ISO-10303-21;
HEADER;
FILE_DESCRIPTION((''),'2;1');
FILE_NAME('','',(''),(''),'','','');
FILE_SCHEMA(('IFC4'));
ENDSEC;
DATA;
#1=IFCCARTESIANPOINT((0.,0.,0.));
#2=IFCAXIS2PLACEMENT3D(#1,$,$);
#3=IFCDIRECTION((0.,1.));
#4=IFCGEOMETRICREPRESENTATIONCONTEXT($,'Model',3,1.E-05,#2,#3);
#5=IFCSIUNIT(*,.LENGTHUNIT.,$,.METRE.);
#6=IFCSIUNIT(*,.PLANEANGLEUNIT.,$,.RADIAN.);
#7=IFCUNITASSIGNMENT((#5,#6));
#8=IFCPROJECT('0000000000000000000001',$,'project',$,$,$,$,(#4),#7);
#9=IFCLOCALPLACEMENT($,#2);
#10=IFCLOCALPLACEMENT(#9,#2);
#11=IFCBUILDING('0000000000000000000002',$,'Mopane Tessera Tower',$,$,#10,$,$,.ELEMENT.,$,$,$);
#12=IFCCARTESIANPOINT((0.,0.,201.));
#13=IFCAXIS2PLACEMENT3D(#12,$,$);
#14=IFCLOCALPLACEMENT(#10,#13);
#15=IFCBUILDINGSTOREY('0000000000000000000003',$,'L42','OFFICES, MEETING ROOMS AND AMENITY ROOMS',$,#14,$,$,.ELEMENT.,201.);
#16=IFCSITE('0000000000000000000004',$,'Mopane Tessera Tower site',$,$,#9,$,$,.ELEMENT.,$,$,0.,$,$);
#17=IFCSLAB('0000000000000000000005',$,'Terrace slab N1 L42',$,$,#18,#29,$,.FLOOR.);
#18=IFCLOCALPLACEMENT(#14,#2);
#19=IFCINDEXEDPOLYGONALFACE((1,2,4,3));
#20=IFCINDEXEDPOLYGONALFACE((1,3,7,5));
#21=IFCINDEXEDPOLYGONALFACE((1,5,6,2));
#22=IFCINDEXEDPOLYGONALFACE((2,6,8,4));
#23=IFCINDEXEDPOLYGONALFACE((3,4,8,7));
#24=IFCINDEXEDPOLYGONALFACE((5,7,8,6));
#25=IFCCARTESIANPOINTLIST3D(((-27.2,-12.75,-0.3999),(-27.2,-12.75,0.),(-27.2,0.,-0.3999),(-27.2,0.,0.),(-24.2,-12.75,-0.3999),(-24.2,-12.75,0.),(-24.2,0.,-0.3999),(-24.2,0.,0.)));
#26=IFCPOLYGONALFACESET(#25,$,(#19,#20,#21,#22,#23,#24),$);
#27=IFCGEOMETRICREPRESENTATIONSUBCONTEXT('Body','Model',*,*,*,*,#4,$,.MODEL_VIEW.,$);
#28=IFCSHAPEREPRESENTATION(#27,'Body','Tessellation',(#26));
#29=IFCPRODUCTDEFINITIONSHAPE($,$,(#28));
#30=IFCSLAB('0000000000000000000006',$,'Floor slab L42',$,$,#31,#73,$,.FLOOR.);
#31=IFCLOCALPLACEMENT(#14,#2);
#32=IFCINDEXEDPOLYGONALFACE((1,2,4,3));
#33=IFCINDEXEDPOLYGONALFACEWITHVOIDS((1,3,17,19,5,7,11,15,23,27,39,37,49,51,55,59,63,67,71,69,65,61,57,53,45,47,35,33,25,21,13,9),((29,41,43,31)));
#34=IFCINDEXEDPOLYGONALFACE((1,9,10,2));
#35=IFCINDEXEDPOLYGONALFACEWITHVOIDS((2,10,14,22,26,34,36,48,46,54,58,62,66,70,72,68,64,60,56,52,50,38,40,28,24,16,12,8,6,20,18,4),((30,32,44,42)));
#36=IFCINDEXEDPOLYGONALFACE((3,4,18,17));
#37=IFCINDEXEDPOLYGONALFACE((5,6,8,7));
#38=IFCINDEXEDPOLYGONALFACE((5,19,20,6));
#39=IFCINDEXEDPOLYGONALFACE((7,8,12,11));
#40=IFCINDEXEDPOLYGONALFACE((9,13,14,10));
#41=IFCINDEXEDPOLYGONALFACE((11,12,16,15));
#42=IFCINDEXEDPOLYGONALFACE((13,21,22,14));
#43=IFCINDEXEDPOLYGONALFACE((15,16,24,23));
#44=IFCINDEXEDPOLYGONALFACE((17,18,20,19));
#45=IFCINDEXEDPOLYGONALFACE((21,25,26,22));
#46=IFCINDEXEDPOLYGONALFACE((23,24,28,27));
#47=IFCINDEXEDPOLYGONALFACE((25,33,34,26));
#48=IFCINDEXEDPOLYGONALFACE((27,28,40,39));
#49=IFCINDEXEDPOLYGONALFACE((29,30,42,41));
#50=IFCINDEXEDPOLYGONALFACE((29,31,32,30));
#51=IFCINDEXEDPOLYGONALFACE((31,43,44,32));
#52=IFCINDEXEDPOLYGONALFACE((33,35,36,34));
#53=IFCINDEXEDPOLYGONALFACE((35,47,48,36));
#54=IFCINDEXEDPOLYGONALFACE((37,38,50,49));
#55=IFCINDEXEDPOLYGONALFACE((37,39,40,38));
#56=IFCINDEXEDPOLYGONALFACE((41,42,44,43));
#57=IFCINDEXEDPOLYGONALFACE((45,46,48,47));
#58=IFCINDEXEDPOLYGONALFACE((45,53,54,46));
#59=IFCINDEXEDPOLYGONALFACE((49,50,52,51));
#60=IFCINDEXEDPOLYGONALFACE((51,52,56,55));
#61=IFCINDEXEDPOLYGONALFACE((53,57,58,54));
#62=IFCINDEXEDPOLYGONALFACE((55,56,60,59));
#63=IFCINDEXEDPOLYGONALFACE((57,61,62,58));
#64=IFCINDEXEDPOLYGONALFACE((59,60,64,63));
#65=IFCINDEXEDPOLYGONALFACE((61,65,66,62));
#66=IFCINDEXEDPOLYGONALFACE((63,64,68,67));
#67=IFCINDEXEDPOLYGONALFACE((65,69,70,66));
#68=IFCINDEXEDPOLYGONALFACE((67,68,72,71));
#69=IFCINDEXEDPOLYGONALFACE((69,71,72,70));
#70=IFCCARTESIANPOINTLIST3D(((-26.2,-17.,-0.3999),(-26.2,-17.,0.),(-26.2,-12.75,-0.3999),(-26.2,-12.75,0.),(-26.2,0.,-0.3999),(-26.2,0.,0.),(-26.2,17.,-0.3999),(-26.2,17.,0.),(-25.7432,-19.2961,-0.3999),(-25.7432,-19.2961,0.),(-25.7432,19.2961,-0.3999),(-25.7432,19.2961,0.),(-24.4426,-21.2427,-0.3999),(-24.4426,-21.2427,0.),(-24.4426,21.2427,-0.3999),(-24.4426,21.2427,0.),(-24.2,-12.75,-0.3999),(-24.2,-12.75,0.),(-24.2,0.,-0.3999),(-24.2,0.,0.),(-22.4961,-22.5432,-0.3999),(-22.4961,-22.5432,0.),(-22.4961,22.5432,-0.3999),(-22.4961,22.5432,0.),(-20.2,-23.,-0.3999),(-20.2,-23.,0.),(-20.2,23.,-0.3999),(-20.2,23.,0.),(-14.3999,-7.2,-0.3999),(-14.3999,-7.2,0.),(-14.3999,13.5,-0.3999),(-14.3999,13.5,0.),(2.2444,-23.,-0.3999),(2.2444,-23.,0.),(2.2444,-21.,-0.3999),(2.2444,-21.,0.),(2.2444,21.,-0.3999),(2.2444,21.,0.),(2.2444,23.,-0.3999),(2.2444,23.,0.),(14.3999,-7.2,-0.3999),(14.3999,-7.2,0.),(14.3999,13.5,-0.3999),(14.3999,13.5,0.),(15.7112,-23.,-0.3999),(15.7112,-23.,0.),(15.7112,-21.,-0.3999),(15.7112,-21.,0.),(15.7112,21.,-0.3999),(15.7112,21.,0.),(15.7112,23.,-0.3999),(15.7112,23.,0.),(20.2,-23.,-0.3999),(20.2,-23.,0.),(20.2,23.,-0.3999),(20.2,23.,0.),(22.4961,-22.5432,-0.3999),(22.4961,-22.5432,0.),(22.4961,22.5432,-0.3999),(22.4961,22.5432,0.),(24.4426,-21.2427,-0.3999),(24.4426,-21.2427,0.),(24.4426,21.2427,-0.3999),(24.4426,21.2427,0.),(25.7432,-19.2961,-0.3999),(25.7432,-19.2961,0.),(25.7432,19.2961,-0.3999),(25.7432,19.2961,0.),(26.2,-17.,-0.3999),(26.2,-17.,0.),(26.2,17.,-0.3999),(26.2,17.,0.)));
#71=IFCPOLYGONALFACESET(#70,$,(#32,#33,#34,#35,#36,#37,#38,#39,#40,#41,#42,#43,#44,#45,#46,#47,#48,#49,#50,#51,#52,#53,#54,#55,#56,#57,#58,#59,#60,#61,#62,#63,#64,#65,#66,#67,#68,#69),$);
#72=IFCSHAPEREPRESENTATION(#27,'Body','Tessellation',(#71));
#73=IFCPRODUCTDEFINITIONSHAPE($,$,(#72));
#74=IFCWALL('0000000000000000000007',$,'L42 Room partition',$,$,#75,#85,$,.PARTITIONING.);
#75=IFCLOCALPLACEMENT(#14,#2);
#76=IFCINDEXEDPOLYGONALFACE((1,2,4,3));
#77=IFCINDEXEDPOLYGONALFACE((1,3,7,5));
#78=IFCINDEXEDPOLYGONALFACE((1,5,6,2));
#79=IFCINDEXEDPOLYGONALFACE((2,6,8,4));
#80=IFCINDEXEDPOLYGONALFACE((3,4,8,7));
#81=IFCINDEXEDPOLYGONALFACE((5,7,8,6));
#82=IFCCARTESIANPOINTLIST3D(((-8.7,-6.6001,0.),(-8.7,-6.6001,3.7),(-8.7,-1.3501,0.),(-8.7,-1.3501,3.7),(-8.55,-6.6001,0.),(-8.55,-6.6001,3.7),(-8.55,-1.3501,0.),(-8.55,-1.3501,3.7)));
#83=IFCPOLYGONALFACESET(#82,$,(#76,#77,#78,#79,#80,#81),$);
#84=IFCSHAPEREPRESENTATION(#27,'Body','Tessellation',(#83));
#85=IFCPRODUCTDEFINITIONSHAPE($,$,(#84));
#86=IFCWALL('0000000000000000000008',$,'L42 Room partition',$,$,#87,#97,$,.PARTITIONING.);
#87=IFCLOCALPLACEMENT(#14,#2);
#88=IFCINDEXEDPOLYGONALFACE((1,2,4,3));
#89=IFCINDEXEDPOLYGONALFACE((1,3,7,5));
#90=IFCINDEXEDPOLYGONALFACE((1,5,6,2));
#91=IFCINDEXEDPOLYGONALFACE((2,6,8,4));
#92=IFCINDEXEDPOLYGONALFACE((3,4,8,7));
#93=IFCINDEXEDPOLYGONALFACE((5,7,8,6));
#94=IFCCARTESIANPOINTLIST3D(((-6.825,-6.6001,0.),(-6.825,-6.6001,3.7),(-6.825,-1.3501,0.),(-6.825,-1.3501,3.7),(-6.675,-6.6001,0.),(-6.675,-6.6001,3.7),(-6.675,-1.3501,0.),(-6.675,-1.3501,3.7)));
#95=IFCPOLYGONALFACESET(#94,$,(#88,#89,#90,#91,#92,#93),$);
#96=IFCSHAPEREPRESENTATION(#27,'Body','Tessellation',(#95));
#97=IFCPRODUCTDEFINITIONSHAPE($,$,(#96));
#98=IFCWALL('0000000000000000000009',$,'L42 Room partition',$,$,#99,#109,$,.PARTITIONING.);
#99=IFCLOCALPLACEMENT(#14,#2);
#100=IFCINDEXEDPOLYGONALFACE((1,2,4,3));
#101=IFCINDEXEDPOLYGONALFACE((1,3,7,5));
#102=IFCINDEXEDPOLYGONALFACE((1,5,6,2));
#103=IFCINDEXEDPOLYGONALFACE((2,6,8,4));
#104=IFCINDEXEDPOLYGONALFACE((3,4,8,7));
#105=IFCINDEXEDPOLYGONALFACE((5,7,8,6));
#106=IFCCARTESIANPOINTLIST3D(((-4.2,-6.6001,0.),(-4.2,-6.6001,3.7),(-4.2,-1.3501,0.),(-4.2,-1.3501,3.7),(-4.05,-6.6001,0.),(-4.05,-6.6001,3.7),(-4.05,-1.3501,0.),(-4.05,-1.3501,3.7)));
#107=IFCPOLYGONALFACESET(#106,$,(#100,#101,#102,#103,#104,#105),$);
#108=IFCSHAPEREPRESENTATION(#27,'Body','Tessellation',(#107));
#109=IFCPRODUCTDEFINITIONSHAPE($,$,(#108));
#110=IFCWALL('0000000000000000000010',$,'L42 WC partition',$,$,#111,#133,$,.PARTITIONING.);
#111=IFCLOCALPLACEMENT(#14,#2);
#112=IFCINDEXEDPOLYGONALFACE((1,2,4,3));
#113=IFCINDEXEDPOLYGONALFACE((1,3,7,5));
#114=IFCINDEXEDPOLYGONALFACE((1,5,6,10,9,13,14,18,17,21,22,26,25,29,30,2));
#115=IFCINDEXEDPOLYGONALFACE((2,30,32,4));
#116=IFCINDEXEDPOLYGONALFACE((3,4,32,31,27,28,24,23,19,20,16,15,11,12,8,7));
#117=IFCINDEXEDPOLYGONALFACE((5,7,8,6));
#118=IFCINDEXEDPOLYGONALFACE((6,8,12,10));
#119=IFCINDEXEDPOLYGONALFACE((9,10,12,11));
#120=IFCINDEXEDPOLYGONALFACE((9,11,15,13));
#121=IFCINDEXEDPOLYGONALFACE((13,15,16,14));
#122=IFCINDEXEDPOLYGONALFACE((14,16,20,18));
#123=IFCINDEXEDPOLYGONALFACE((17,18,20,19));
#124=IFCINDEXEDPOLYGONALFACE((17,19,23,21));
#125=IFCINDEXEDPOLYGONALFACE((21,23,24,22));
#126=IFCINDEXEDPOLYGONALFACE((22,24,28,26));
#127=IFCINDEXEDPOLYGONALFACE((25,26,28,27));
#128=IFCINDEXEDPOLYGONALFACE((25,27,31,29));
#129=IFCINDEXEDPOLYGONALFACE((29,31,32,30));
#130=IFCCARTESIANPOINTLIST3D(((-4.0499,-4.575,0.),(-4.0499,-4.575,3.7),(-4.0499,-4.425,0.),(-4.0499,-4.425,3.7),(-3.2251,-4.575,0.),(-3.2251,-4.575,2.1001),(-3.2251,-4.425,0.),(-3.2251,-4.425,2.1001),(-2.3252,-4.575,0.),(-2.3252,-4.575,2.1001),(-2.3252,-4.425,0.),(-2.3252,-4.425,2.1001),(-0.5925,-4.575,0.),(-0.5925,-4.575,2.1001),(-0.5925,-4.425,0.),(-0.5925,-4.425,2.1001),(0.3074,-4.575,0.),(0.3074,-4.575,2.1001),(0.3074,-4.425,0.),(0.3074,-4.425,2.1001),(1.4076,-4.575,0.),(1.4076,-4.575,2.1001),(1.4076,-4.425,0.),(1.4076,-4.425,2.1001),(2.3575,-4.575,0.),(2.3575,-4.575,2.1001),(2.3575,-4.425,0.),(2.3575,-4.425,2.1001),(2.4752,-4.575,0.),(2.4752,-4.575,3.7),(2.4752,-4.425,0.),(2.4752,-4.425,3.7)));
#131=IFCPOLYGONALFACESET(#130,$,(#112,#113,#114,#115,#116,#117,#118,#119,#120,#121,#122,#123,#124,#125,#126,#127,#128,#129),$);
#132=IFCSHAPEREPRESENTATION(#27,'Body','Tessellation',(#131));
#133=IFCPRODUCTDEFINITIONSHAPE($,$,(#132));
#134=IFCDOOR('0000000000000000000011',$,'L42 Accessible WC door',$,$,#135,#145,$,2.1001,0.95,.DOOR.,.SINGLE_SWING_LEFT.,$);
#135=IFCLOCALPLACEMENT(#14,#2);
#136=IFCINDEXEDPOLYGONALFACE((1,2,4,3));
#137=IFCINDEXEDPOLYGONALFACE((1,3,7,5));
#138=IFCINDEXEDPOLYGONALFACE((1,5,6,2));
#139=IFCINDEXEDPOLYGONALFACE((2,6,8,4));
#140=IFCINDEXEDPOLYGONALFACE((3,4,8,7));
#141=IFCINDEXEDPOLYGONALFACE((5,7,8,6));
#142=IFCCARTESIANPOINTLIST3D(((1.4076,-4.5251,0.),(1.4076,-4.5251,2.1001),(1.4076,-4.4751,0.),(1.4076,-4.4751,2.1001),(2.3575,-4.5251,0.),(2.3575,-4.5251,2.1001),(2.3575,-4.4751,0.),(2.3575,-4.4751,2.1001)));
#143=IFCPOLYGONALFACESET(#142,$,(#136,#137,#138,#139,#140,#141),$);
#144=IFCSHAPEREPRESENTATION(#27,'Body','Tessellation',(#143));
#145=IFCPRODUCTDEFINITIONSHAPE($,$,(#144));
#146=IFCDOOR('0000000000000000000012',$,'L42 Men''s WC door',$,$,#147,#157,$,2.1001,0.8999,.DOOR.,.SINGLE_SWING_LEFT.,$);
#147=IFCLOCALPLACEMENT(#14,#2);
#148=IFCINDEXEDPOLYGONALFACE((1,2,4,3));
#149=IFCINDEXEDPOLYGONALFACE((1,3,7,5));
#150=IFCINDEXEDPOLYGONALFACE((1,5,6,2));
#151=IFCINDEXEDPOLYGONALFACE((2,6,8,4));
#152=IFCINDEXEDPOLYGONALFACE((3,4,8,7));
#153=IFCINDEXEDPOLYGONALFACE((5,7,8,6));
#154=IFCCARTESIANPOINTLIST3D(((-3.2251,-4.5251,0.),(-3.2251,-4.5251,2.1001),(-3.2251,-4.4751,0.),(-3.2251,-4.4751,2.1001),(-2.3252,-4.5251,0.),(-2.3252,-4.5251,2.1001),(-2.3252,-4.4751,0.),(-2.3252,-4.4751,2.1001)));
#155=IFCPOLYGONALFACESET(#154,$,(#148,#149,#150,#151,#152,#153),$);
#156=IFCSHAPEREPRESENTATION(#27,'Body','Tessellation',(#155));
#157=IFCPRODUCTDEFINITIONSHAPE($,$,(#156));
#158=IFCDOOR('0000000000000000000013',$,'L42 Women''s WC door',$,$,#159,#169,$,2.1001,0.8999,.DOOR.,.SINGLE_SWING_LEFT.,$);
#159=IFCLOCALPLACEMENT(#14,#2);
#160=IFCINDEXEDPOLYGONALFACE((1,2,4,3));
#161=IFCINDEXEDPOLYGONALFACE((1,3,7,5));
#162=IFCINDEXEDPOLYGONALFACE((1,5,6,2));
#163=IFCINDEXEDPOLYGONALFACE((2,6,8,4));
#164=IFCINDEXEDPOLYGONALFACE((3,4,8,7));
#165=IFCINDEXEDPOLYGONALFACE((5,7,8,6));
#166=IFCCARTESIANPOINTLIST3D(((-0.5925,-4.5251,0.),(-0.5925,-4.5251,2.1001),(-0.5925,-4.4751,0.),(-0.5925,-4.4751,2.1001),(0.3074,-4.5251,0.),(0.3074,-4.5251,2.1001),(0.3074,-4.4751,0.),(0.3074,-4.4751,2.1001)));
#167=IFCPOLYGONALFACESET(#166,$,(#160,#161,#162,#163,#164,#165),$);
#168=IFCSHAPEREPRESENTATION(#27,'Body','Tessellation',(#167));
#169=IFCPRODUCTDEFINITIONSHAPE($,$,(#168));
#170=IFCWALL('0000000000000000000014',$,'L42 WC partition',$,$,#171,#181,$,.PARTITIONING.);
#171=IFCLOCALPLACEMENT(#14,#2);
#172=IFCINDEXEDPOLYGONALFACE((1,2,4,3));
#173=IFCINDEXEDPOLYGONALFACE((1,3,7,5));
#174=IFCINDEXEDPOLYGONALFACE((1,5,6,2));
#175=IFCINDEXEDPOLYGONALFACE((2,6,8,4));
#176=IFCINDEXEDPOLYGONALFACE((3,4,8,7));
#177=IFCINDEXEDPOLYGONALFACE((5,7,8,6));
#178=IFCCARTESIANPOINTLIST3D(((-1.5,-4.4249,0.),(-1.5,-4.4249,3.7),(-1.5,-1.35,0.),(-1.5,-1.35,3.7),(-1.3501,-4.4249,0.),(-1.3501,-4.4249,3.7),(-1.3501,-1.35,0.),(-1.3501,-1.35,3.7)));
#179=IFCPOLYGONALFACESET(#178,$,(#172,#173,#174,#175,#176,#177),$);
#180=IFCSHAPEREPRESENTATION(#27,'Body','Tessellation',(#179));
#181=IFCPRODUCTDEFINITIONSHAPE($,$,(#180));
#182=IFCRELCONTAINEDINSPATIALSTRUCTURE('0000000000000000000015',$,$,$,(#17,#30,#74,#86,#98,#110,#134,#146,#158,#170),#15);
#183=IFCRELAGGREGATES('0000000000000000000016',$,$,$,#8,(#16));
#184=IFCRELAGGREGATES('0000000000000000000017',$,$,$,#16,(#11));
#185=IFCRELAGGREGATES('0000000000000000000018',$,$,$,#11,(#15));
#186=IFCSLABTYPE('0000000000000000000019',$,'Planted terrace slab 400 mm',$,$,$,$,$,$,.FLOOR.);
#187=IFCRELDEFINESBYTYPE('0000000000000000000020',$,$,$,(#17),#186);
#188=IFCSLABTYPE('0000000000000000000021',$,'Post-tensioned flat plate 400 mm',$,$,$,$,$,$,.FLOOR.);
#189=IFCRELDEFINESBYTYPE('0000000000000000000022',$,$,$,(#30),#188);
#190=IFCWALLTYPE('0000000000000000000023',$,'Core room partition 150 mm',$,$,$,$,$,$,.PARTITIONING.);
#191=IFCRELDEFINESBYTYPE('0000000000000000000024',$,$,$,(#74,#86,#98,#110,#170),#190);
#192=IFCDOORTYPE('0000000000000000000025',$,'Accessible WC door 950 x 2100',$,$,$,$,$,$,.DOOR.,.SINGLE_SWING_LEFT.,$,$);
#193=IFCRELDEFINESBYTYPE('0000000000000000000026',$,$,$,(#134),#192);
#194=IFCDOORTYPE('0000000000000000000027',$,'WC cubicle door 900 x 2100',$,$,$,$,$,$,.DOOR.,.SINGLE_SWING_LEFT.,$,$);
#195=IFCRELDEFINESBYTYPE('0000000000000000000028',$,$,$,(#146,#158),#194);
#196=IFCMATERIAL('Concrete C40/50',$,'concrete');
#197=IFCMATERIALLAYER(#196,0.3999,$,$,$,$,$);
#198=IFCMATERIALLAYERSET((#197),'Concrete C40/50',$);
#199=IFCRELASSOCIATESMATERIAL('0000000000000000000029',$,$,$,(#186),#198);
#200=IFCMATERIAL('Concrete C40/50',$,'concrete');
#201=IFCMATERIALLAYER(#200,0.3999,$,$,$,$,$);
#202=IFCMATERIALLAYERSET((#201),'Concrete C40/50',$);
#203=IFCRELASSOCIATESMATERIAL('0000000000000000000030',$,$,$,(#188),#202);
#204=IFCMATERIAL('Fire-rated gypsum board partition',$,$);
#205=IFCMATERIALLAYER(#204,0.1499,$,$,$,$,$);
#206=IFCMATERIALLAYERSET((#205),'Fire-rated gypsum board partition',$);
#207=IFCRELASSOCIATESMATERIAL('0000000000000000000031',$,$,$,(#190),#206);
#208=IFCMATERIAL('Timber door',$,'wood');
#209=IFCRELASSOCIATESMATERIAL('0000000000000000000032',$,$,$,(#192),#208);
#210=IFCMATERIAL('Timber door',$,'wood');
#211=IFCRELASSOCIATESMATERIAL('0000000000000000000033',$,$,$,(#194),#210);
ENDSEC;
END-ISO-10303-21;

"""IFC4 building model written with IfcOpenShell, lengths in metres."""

from ifc_helpers import new_model, si_unit, direction, frame, frame_2d, origin, place, context, subcontext, project, spatial, polyline, rectangle, outline, extrude, material, layer, layer_set, type_object, element, fill, save


model = new_model("IFC4")

# Units and contexts
model_context = context("Model", 3, precision=1e-05, world=origin(), true_north=direction((0.0, 1.0)))
body_context = subcontext(model_context, "Body", "Model", "MODEL_VIEW")
ifc_project = project(units=[si_unit("LENGTHUNIT", "METRE"), si_unit("PLANEANGLEUNIT", "RADIAN")], contexts=[model_context])

# Site, building, storey
site_placement = place(None, origin())
site = spatial("IfcSite", under=ifc_project, at=site_placement, Name="Mopane Tessera Tower site", CompositionType="ELEMENT", RefElevation=0.0)
building_placement = place(site_placement, origin())
building = spatial("IfcBuilding", under=site, at=building_placement, Name="Mopane Tessera Tower", CompositionType="ELEMENT")
storey_placement = place(building_placement, frame((0.0, 0.0, 201.0)))
storey = spatial("IfcBuildingStorey", under=building, at=storey_placement, Name="L42", Description="OFFICES, MEETING ROOMS AND AMENITY ROOMS", CompositionType="ELEMENT", Elevation=201.0)

# Slabs
ifc_material_1 = material(Name="Concrete C40/50", Category="concrete")
ifc_layer_1 = layer(ifc_material_1, 0.3999)
ifc_layer_set_1 = layer_set([ifc_layer_1], Name="Concrete C40/50")
slab_type_1 = type_object("IfcSlabType", Name="Planted terrace slab 400 mm", PredefinedType="FLOOR", material=ifc_layer_set_1)
slab_1_placement = place(storey_placement, frame((0.0, 0.0, -0.3999)))
element("IfcSlab", 1, at=slab_1_placement, inside=storey, type_object=slab_type_1, Name="Terrace slab N1 L42", PredefinedType="FLOOR", context=body_context, shape_type="SweptSolid", body=[
    extrude(outline(polyline([(-27.2, -12.75), (-24.2, -12.75), (-24.2, 0.0), (-27.2, 0.0), (-27.2, -12.75)])), origin(), (0.0, 0.0, 1.0), 0.3999),
])
ifc_material_2 = material(Name="Concrete C40/50", Category="concrete")
ifc_layer_2 = layer(ifc_material_2, 0.3999)
ifc_layer_set_2 = layer_set([ifc_layer_2], Name="Concrete C40/50")
slab_type_2 = type_object("IfcSlabType", Name="Post-tensioned flat plate 400 mm", PredefinedType="FLOOR", material=ifc_layer_set_2)
slab_2_placement = place(storey_placement, frame((0.0, 0.0, -0.3999)))
element("IfcSlab", 2, at=slab_2_placement, inside=storey, type_object=slab_type_2, Name="Floor slab L42", PredefinedType="FLOOR", context=body_context, shape_type="SweptSolid", body=[
    extrude(outline(polyline([(-20.2, -23.0), (2.2444, -23.0), (2.2444, -21.0), (15.7112, -21.0), (15.7112, -23.0), (20.2, -23.0), (22.4961, -22.5432), (24.4426, -21.2427), (25.7432, -19.2961), (26.2, -17.0), (26.2, 17.0), (25.7432, 19.2961), (24.4426, 21.2427), (22.4961, 22.5432), (20.2, 23.0), (15.7112, 23.0), (15.7112, 21.0), (2.2444, 21.0), (2.2444, 23.0), (-20.2, 23.0), (-22.4961, 22.5432), (-24.4426, 21.2427), (-25.7432, 19.2961), (-26.2, 17.0), (-26.2, 0.0), (-24.2, 0.0), (-24.2, -12.75), (-26.2, -12.75), (-26.2, -17.0), (-25.7432, -19.2961), (-24.4426, -21.2427), (-22.4961, -22.5432), (-20.2, -23.0)]), holes=[polyline([(14.3999, -7.2), (-14.3999, -7.2), (-14.3999, 13.5), (14.3999, 13.5), (14.3999, -7.2)])]), origin(), (0.0, 0.0, 1.0), 0.3999),
])

# Walls
ifc_material_3 = material(Name="Fire-rated gypsum board partition")
ifc_layer_3 = layer(ifc_material_3, 0.1499)
ifc_layer_set_3 = layer_set([ifc_layer_3], Name="Fire-rated gypsum board partition")
wall_type_1 = type_object("IfcWallType", Name="Core room partition 150 mm", PredefinedType="PARTITIONING", material=ifc_layer_set_3)
for number, where, z_axis, x_axis, name in (
    (3, (-8.625, -6.6001, 0.0), (0.0, 0.0, 1.0), (0.0, 1.0, 0.0), "L42 Room partition"),
    (4, (-6.75, -6.6001, 0.0), (0.0, 0.0, 1.0), (0.0, 1.0, 0.0), "L42 Room partition"),
    (5, (-4.125, -6.6001, 0.0), (0.0, 0.0, 1.0), (0.0, 1.0, 0.0), "L42 Room partition"),
):
    element("IfcWall", number, at=place(storey_placement, frame(where, z_axis=z_axis, x_axis=x_axis)), inside=storey, type_object=wall_type_1, Name=name, PredefinedType="PARTITIONING", context=body_context, shape_type="SweptSolid", body=[
        extrude(rectangle(XDim=5.25, YDim=0.1499, at=frame_2d((2.625, 0.0))), origin(), (0.0, 0.0, 1.0), 3.7),
    ])

# Wall, openings, doors
wall_1_placement = place(storey_placement, frame((-4.05, -4.5, 0.0), z_axis=(0.0, 0.0, 1.0), x_axis=(1.0, 0.0, 0.0)))
wall_1 = element("IfcWall", 6, at=wall_1_placement, inside=storey, type_object=wall_type_1, Name="L42 WC partition", PredefinedType="PARTITIONING", context=body_context, shape_type="SweptSolid", body=[
    extrude(rectangle(XDim=6.5251, YDim=0.1499, at=frame_2d((3.2627, 0.0))), origin(), (0.0, 0.0, 1.0), 3.7),
])
opening_1_placement = place(wall_1_placement, frame((0.825, 0.0, 0.0)))
opening_1 = element("IfcOpeningElement", 7, at=opening_1_placement, cuts=wall_1, PredefinedType="OPENING", context=body_context, shape_type="SweptSolid", body=[
    extrude(rectangle(XDim=0.8999, YDim=2.1001, at=frame_2d((0.45, 1.05))), frame((0.0, 0.0869, 0.0), z_axis=(0.0, -1.0, 0.0), x_axis=(1.0, 0.0, 0.0)), (0.0, 0.0, 1.0), 0.1738),
])
opening_2_placement = place(wall_1_placement, frame((3.4575, 0.0, 0.0)))
opening_2 = element("IfcOpeningElement", 8, at=opening_2_placement, cuts=wall_1, PredefinedType="OPENING", context=body_context, shape_type="SweptSolid", body=[
    extrude(rectangle(XDim=0.8999, YDim=2.1001, at=frame_2d((0.45, 1.05))), frame((0.0, 0.0869, 0.0), z_axis=(0.0, -1.0, 0.0), x_axis=(1.0, 0.0, 0.0)), (0.0, 0.0, 1.0), 0.1738),
])
opening_3_placement = place(wall_1_placement, frame((5.4575, 0.0, 0.0)))
opening_3 = element("IfcOpeningElement", 9, at=opening_3_placement, cuts=wall_1, PredefinedType="OPENING", context=body_context, shape_type="SweptSolid", body=[
    extrude(rectangle(XDim=0.95, YDim=2.1001, at=frame_2d((0.4751, 1.05))), frame((0.0, 0.0869, 0.0), z_axis=(0.0, -1.0, 0.0), x_axis=(1.0, 0.0, 0.0)), (0.0, 0.0, 1.0), 0.1738),
])
ifc_material_4 = material(Name="Timber door", Category="wood")
door_type_1 = type_object("IfcDoorType", Name="Accessible WC door 950 x 2100", OperationType="SINGLE_SWING_LEFT", PredefinedType="DOOR", material=ifc_material_4)
door_1_placement = place(opening_3_placement, origin())
door_1 = element("IfcDoor", 10, at=door_1_placement, inside=storey, type_object=door_type_1, Name="L42 Accessible WC door", OperationType="SINGLE_SWING_LEFT", OverallHeight=2.1001, OverallWidth=0.95, PredefinedType="DOOR", context=body_context, shape_type="SweptSolid", body=[
    extrude(rectangle(XDim=0.95, YDim=2.1001, at=frame_2d((0.4751, 1.05))), frame((0.0, 0.0249, 0.0), z_axis=(0.0, -1.0, 0.0), x_axis=(1.0, 0.0, 0.0)), (0.0, 0.0, 1.0), 0.05),
])
fill(opening_3, door_1)
ifc_material_5 = material(Name="Timber door", Category="wood")
door_type_2 = type_object("IfcDoorType", Name="WC cubicle door 900 x 2100", OperationType="SINGLE_SWING_LEFT", PredefinedType="DOOR", material=ifc_material_5)
door_2_placement = place(opening_1_placement, origin())
door_2 = element("IfcDoor", 11, at=door_2_placement, inside=storey, type_object=door_type_2, Name="L42 Men's WC door", OperationType="SINGLE_SWING_LEFT", OverallHeight=2.1001, OverallWidth=0.8999, PredefinedType="DOOR", context=body_context, shape_type="SweptSolid", body=[
    extrude(rectangle(XDim=0.8999, YDim=2.1001, at=frame_2d((0.45, 1.05))), frame((0.0, 0.0249, 0.0), z_axis=(0.0, -1.0, 0.0), x_axis=(1.0, 0.0, 0.0)), (0.0, 0.0, 1.0), 0.05),
])
fill(opening_1, door_2)
door_3_placement = place(opening_2_placement, origin())
door_3 = element("IfcDoor", 12, at=door_3_placement, inside=storey, type_object=door_type_2, Name="L42 Women's WC door", OperationType="SINGLE_SWING_LEFT", OverallHeight=2.1001, OverallWidth=0.8999, PredefinedType="DOOR", context=body_context, shape_type="SweptSolid", body=[
    extrude(rectangle(XDim=0.8999, YDim=2.1001, at=frame_2d((0.45, 1.05))), frame((0.0, 0.0249, 0.0), z_axis=(0.0, -1.0, 0.0), x_axis=(1.0, 0.0, 0.0)), (0.0, 0.0, 1.0), 0.05),
])
fill(opening_2, door_3)

# Wall
wall_2_placement = place(storey_placement, frame((-1.425, -4.425, 0.0), z_axis=(0.0, 0.0, 1.0), x_axis=(0.0, 1.0, 0.0)))
element("IfcWall", 13, at=wall_2_placement, inside=storey, type_object=wall_type_1, Name="L42 WC partition", PredefinedType="PARTITIONING", context=body_context, shape_type="SweptSolid", body=[
    extrude(rectangle(XDim=3.075, YDim=0.1499, at=frame_2d((1.5376, 0.0))), origin(), (0.0, 0.0, 1.0), 3.7),
])

save(model, "model.ifc")
